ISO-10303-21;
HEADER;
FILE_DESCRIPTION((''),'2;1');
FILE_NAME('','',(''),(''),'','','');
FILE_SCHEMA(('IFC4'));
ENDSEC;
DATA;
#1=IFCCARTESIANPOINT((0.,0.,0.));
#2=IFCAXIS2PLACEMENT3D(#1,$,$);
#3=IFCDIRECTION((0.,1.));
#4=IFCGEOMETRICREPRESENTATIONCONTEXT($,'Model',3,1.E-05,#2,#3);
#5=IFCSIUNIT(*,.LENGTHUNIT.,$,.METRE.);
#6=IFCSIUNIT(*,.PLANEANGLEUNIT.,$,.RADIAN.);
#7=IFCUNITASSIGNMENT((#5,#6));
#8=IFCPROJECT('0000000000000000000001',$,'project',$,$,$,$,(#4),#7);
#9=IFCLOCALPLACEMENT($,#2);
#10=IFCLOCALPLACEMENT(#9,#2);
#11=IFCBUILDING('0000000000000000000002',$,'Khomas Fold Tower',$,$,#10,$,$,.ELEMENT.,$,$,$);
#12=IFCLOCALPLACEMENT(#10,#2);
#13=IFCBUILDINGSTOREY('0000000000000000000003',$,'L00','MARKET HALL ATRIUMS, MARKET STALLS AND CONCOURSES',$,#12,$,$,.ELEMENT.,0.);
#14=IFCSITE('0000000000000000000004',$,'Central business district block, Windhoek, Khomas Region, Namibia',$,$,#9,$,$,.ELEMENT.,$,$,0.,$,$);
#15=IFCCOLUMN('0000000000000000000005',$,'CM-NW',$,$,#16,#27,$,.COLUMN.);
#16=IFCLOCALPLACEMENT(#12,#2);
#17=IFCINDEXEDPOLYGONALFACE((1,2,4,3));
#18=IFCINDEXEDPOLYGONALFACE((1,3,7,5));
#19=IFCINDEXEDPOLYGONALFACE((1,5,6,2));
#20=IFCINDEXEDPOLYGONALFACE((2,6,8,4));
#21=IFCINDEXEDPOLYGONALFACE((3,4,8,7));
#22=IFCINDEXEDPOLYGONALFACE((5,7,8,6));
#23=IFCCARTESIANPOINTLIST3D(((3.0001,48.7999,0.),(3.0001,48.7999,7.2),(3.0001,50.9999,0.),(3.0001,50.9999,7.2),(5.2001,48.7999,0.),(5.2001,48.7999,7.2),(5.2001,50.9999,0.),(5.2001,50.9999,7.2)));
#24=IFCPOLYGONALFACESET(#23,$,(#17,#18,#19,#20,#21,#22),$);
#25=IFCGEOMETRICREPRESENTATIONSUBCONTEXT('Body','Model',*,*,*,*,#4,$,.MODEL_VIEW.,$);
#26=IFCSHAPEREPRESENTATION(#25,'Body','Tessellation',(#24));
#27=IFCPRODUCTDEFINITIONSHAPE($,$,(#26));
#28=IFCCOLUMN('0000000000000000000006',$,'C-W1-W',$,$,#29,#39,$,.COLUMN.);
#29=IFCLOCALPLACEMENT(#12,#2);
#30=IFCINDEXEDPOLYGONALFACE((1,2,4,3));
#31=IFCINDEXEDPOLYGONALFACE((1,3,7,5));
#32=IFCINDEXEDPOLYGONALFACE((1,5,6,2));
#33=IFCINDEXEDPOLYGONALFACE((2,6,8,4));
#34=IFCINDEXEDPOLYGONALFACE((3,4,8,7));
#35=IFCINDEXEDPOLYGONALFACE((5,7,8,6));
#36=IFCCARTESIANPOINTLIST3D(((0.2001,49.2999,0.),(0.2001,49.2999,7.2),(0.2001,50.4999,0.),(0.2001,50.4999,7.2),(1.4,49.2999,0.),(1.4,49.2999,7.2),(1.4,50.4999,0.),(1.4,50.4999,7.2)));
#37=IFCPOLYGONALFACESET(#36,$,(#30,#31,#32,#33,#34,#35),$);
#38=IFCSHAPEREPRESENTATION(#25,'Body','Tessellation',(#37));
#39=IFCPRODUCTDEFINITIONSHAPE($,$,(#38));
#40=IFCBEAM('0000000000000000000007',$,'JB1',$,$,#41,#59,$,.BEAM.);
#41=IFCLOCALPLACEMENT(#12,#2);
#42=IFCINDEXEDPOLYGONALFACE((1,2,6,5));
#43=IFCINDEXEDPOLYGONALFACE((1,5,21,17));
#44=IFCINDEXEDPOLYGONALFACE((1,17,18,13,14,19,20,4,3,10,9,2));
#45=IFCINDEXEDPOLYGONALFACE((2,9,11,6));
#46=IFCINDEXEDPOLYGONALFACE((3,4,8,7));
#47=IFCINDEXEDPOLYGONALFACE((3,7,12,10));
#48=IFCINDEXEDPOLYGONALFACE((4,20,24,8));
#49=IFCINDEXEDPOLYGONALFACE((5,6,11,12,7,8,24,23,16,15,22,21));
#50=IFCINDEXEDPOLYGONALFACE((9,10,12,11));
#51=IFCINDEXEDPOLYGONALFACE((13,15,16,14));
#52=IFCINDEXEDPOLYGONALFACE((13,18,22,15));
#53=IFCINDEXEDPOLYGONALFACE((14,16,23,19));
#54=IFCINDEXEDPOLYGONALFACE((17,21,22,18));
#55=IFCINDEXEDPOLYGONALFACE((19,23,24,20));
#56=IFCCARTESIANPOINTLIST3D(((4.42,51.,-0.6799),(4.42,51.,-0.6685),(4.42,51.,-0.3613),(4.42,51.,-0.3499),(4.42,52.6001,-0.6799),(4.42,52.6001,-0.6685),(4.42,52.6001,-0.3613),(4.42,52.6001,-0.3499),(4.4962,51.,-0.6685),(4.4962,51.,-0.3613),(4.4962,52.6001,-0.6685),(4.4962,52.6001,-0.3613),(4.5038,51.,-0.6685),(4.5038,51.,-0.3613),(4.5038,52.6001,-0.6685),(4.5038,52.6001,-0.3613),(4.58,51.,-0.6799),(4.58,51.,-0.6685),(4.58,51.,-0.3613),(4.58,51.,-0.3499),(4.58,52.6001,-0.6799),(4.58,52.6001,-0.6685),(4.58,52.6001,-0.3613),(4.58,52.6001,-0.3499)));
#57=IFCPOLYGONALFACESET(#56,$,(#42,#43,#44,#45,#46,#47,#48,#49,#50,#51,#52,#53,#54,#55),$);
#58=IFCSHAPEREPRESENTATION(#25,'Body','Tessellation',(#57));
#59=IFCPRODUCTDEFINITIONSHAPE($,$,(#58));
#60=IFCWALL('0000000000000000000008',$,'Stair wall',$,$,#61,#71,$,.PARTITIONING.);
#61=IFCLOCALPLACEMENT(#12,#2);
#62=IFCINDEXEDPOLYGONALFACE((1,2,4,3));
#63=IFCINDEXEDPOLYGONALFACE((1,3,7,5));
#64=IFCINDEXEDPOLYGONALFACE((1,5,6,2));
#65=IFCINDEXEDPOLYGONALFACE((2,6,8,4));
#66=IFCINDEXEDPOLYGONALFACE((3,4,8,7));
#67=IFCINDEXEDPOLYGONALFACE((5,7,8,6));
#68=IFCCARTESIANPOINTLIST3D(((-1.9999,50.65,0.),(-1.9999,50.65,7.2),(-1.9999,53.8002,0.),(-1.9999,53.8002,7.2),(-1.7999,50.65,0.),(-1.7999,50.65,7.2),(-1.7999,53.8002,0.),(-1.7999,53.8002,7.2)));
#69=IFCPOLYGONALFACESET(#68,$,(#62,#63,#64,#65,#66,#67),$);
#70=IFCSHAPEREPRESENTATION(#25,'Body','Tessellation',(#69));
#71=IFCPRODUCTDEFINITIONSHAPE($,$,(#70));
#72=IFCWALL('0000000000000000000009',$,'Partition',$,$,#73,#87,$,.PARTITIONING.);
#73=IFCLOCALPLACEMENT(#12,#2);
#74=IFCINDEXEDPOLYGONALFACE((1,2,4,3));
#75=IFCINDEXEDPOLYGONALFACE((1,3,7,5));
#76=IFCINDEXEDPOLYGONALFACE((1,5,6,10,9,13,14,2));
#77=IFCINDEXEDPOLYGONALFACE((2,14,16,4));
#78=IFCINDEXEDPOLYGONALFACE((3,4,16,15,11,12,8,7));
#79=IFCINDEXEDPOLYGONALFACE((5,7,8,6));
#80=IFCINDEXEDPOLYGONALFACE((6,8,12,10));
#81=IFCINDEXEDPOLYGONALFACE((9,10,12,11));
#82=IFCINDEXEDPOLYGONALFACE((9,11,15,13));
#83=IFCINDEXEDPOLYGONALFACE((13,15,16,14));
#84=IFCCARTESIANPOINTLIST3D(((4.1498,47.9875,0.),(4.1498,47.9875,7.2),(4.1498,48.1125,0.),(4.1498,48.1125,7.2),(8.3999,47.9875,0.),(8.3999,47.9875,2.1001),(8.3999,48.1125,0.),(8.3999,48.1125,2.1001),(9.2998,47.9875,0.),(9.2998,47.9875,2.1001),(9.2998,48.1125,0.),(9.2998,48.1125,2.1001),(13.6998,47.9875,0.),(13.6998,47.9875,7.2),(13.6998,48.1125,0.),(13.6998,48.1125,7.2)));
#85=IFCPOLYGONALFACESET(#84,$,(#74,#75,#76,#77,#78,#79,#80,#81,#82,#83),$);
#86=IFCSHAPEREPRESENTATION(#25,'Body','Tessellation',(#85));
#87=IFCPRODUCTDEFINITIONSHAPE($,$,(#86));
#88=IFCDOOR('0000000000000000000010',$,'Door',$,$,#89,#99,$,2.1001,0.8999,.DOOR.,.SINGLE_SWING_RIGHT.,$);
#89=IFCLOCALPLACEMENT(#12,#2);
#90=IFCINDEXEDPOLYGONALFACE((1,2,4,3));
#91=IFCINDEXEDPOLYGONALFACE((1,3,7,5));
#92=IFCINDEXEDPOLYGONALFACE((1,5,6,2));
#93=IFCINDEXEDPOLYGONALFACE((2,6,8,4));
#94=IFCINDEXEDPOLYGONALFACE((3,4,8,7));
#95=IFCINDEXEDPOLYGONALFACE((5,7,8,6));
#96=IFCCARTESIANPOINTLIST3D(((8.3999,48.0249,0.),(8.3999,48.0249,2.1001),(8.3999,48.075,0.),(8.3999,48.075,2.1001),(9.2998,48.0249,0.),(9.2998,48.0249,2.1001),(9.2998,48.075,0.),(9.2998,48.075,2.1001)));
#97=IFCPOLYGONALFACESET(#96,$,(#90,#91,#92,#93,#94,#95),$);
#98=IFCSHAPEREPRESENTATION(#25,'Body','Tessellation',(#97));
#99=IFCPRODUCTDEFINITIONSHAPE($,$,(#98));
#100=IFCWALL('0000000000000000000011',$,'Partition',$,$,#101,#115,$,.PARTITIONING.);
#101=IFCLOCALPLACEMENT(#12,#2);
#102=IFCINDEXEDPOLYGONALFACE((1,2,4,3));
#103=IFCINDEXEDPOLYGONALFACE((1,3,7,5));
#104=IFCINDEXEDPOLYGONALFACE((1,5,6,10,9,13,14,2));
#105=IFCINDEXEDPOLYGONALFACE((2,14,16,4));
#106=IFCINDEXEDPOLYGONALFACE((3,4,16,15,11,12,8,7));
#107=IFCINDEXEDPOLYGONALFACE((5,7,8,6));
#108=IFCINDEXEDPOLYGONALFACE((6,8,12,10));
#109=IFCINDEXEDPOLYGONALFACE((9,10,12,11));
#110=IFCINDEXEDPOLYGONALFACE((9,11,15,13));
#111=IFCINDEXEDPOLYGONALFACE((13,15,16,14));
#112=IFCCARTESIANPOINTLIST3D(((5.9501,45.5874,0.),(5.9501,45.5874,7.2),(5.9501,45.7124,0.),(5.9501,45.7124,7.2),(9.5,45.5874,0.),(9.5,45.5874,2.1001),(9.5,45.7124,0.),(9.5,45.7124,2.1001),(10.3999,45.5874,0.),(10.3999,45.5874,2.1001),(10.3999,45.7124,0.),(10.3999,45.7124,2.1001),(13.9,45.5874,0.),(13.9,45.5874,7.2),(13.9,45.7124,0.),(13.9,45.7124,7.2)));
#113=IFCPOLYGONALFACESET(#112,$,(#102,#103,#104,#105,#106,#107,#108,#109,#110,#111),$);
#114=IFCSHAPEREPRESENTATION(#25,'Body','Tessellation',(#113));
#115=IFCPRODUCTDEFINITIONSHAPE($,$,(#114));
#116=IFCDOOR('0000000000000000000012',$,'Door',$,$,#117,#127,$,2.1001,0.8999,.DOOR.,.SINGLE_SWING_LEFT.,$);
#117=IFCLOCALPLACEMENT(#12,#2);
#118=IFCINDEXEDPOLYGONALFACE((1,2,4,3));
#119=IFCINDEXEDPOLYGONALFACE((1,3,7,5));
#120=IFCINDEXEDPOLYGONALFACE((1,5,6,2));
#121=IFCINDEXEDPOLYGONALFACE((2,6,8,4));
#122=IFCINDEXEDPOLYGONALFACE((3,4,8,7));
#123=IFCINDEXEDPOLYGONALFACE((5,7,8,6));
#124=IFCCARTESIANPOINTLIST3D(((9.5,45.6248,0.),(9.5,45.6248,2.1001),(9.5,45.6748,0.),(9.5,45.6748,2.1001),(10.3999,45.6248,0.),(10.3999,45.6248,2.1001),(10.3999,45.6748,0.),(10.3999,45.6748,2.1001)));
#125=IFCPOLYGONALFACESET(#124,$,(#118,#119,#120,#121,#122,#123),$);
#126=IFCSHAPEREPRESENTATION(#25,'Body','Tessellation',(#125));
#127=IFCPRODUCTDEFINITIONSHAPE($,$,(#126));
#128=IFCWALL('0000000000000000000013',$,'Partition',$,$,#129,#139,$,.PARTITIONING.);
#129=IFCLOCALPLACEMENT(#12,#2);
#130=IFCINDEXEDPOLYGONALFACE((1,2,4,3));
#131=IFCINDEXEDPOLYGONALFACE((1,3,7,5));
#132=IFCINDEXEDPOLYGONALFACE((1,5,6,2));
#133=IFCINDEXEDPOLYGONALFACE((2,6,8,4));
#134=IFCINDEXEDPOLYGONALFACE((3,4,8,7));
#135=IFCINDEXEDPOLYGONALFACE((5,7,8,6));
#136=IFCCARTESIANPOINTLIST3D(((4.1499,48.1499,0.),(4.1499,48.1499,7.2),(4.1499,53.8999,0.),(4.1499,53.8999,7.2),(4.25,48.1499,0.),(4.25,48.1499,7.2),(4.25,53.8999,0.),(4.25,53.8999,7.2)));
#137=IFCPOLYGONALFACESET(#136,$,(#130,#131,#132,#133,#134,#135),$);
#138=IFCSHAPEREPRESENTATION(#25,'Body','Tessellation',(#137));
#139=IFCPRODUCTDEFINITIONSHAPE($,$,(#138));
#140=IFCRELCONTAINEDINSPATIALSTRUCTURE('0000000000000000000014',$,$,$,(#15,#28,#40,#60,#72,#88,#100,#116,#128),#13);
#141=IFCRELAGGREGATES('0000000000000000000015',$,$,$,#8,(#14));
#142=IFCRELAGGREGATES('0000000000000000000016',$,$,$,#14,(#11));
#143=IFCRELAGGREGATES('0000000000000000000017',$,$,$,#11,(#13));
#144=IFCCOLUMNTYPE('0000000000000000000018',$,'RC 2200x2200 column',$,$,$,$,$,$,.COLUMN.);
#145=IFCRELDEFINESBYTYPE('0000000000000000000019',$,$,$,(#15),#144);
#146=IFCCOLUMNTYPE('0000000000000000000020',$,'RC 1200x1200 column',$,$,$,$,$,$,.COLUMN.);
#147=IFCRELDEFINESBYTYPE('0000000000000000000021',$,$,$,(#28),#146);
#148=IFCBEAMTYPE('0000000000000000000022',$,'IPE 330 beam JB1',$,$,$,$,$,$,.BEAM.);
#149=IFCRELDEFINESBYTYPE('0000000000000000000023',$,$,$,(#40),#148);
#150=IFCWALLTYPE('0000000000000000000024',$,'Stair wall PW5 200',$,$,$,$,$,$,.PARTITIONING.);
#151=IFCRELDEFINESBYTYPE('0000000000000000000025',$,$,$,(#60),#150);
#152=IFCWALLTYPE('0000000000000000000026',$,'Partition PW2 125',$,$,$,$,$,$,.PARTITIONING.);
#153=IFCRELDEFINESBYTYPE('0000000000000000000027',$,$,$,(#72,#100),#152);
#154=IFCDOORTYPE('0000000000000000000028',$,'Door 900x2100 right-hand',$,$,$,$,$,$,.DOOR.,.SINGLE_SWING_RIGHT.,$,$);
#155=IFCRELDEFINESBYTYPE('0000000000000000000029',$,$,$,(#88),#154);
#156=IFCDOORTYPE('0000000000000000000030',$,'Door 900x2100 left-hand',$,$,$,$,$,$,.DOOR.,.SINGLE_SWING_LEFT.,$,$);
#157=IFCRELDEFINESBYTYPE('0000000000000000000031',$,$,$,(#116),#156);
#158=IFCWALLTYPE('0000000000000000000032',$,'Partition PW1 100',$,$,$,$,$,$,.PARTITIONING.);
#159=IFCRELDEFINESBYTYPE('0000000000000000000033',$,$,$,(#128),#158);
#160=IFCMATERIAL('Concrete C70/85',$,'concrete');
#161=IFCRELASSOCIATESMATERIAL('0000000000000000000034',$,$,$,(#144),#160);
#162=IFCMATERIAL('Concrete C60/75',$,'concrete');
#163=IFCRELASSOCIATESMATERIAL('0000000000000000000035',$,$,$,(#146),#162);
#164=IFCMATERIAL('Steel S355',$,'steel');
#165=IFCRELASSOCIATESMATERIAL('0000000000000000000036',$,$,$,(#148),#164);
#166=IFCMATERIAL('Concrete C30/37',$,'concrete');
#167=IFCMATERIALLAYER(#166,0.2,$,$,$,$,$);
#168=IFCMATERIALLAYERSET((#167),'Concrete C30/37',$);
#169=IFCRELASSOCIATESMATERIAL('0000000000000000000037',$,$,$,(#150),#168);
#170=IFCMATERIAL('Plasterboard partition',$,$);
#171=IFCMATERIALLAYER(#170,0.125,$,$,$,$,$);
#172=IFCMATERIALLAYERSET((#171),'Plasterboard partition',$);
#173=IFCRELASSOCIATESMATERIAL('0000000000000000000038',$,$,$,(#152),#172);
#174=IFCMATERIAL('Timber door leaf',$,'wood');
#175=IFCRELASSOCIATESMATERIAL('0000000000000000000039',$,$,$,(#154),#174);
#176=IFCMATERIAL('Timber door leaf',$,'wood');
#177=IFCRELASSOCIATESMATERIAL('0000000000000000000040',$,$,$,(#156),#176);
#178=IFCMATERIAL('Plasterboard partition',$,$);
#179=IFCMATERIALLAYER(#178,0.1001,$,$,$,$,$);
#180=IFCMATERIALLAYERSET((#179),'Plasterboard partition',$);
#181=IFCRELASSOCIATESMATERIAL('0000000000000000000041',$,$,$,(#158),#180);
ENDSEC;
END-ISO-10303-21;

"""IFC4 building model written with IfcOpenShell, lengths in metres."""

from ifc_helpers import new_model, si_unit, direction, frame, frame_2d, origin, origin_2d, place, context, subcontext, project, spatial, rectangle, i_section, extrude, source, transform, mapped, material, layer, layer_set, material_profile, profile_set, type_object, element, fill, save


model = new_model("IFC4")

# Units and contexts
model_context = context("Model", 3, precision=1e-05, world=origin(), true_north=direction((0.0, 1.0)))
body_context = subcontext(model_context, "Body", "Model", "MODEL_VIEW")
ifc_project = project(units=[si_unit("LENGTHUNIT", "METRE"), si_unit("PLANEANGLEUNIT", "RADIAN")], contexts=[model_context])

# Site, building, storey
site_placement = place(None, origin())
site = spatial("IfcSite", under=ifc_project, at=site_placement, Name="Central business district block, Windhoek, Khomas Region, Namibia", CompositionType="ELEMENT", RefElevation=0.0)
building_placement = place(site_placement, origin())
building = spatial("IfcBuilding", under=site, at=building_placement, Name="Khomas Fold Tower", CompositionType="ELEMENT")
storey_placement = place(building_placement, origin())
storey = spatial("IfcBuildingStorey", under=building, at=storey_placement, Name="L00", Description="MARKET HALL ATRIUMS, MARKET STALLS AND CONCOURSES", CompositionType="ELEMENT", Elevation=0.0)

# Columns
ifc_material_1 = material(Name="Concrete C70/85", Category="concrete")
ifc_material_profile_1 = material_profile(ifc_material_1, rectangle(XDim=2.2, YDim=2.2, at=origin_2d()), Name="RC 2200x2200")
ifc_profile_set_1 = profile_set([ifc_material_profile_1], Name="Concrete C70/85")
column_type_1 = type_object("IfcColumnType", Name="RC 2200x2200 column", PredefinedType="COLUMN", material=ifc_profile_set_1)
shared_shape_1 = source(origin(), body_context, "Body", "SweptSolid", [
    extrude(rectangle(XDim=2.2, YDim=2.2, at=origin_2d()), origin(), (0.0, 0.0, 1.0), 7.2),
])
column_1_placement = place(storey_placement, frame((4.1001, 49.8999, 0.0), z_axis=(0.0, 0.0, 1.0), x_axis=(1.0, 0.0, 0.0)))
element("IfcColumn", 1, at=column_1_placement, inside=storey, type_object=column_type_1, Name="CM-NW", PredefinedType="COLUMN", context=body_context, shape_type="MappedRepresentation", body=[
    mapped(shared_shape_1, transform((0.0, 0.0, 0.0))),
])
ifc_material_2 = material(Name="Concrete C60/75", Category="concrete")
ifc_material_profile_2 = material_profile(ifc_material_2, rectangle(XDim=1.2, YDim=1.2, at=origin_2d()), Name="RC 1200x1200")
ifc_profile_set_2 = profile_set([ifc_material_profile_2], Name="Concrete C60/75")
column_type_2 = type_object("IfcColumnType", Name="RC 1200x1200 column", PredefinedType="COLUMN", material=ifc_profile_set_2)
shared_shape_2 = source(origin(), body_context, "Body", "SweptSolid", [
    extrude(rectangle(XDim=1.2, YDim=1.2, at=origin_2d()), origin(), (0.0, 0.0, 1.0), 7.2),
])
column_2_placement = place(storey_placement, frame((0.8, 49.8999, 0.0), z_axis=(0.0, 0.0, 1.0), x_axis=(1.0, 0.0, 0.0)))
element("IfcColumn", 2, at=column_2_placement, inside=storey, type_object=column_type_2, Name="C-W1-W", PredefinedType="COLUMN", context=body_context, shape_type="MappedRepresentation", body=[
    mapped(shared_shape_2, transform((0.0, 0.0, 0.0))),
])

# Beam
ifc_material_3 = material(Name="Steel S355", Category="steel")
ifc_material_profile_3 = material_profile(ifc_material_3, i_section(OverallWidth=0.1599, OverallDepth=0.3301, WebThickness=0.0076, FlangeThickness=0.0115, at=origin_2d()), Name="IPE 330")
ifc_profile_set_3 = profile_set([ifc_material_profile_3], Name="Steel S355")
beam_type = type_object("IfcBeamType", Name="IPE 330 beam JB1", PredefinedType="BEAM", material=ifc_profile_set_3)
shared_shape_3 = source(origin(), body_context, "Body", "SweptSolid", [
    extrude(i_section(OverallWidth=0.1599, OverallDepth=0.3301, WebThickness=0.0076, FlangeThickness=0.0115, at=origin_2d()), origin(), (0.0, 0.0, 1.0), 1.6001),
])
beam_placement = place(storey_placement, frame((4.5, 51.0, -0.5149), z_axis=(0.0, 1.0, 0.0), x_axis=(-1.0, 0.0, 0.0)))
element("IfcBeam", 3, at=beam_placement, inside=storey, type_object=beam_type, Name="JB1", PredefinedType="BEAM", context=body_context, shape_type="MappedRepresentation", body=[
    mapped(shared_shape_3, transform((0.0, 0.0, 0.0))),
])

# Wall
ifc_material_4 = material(Name="Concrete C30/37", Category="concrete")
ifc_layer_1 = layer(ifc_material_4, 0.2)
ifc_layer_set_1 = layer_set([ifc_layer_1], Name="Concrete C30/37")
wall_type_1 = type_object("IfcWallType", Name="Stair wall PW5 200", PredefinedType="PARTITIONING", material=ifc_layer_set_1)
shared_shape_4 = source(origin(), body_context, "Body", "SweptSolid", [
    extrude(rectangle(XDim=3.1501, YDim=0.2, at=frame_2d((1.5752, 0.0))), origin(), (0.0, 0.0, 1.0), 7.2),
])
wall_1_placement = place(storey_placement, frame((-1.8999, 50.6499, 0.0), z_axis=(0.0, 0.0, 1.0), x_axis=(0.0, 1.0, 0.0)))
element("IfcWall", 4, at=wall_1_placement, inside=storey, type_object=wall_type_1, Name="Stair wall", PredefinedType="PARTITIONING", context=body_context, shape_type="MappedRepresentation", body=[
    mapped(shared_shape_4, transform((0.0, 0.0, 0.0))),
])

# Walls, openings, doors
ifc_material_5 = material(Name="Plasterboard partition")
ifc_layer_2 = layer(ifc_material_5, 0.125)
ifc_layer_set_2 = layer_set([ifc_layer_2], Name="Plasterboard partition")
wall_type_2 = type_object("IfcWallType", Name="Partition PW2 125", PredefinedType="PARTITIONING", material=ifc_layer_set_2)
shared_shape_5 = source(origin(), body_context, "Body", "SweptSolid", [
    extrude(rectangle(XDim=9.55, YDim=0.125, at=frame_2d((4.7749, 0.0))), origin(), (0.0, 0.0, 1.0), 7.2),
])
wall_2_placement = place(storey_placement, frame((4.1499, 48.05, 0.0), z_axis=(0.0, 0.0, 1.0), x_axis=(1.0, 0.0, 0.0)))
wall_2 = element("IfcWall", 5, at=wall_2_placement, inside=storey, type_object=wall_type_2, Name="Partition", PredefinedType="PARTITIONING", context=body_context, shape_type="MappedRepresentation", body=[
    mapped(shared_shape_5, transform((0.0, 0.0, 0.0))),
])
shared_shape_6 = source(origin(), body_context, "Body", "SweptSolid", [
    extrude(rectangle(XDim=0.8999, YDim=2.1001, at=frame_2d((0.45, 1.05))), frame((0.0, 0.0725, 0.0), z_axis=(0.0, -1.0, 0.0), x_axis=(1.0, 0.0, 0.0)), (0.0, 0.0, 1.0), 0.145),
])
opening_1_placement = place(wall_2_placement, frame((4.25, 0.0, 0.0)))
opening_1 = element("IfcOpeningElement", 6, at=opening_1_placement, cuts=wall_2, PredefinedType="OPENING", context=body_context, shape_type="MappedRepresentation", body=[
    mapped(shared_shape_6, transform((0.0, 0.0, 0.0))),
])
ifc_material_6 = material(Name="Timber door leaf", Category="wood")
door_type_1 = type_object("IfcDoorType", Name="Door 900x2100 right-hand", OperationType="SINGLE_SWING_RIGHT", PredefinedType="DOOR", material=ifc_material_6)
shared_shape_7 = source(origin(), body_context, "Body", "SweptSolid", [
    extrude(rectangle(XDim=0.8999, YDim=2.1001, at=frame_2d((0.45, 1.05))), frame((0.0, 0.0249, 0.0), z_axis=(0.0, -1.0, 0.0), x_axis=(1.0, 0.0, 0.0)), (0.0, 0.0, 1.0), 0.05),
])
door_1_placement = place(opening_1_placement, origin())
door_1 = element("IfcDoor", 7, at=door_1_placement, inside=storey, type_object=door_type_1, Name="Door", OperationType="SINGLE_SWING_RIGHT", OverallHeight=2.1001, OverallWidth=0.8999, PredefinedType="DOOR", context=body_context, shape_type="MappedRepresentation", body=[
    mapped(shared_shape_7, transform((0.0, 0.0, 0.0))),
])
fill(opening_1, door_1)
shared_shape_8 = source(origin(), body_context, "Body", "SweptSolid", [
    extrude(rectangle(XDim=7.95, YDim=0.125, at=frame_2d((3.9751, 0.0))), origin(), (0.0, 0.0, 1.0), 7.2),
])
wall_3_placement = place(storey_placement, frame((5.95, 45.6499, 0.0), z_axis=(0.0, 0.0, 1.0), x_axis=(1.0, 0.0, 0.0)))
wall_3 = element("IfcWall", 8, at=wall_3_placement, inside=storey, type_object=wall_type_2, Name="Partition", PredefinedType="PARTITIONING", context=body_context, shape_type="MappedRepresentation", body=[
    mapped(shared_shape_8, transform((0.0, 0.0, 0.0))),
])
opening_2_placement = place(wall_3_placement, frame((3.55, 0.0, 0.0)))
opening_2 = element("IfcOpeningElement", 9, at=opening_2_placement, cuts=wall_3, PredefinedType="OPENING", context=body_context, shape_type="MappedRepresentation", body=[
    mapped(shared_shape_6, transform((0.0, 0.0, 0.0))),
])
ifc_material_7 = material(Name="Timber door leaf", Category="wood")
door_type_2 = type_object("IfcDoorType", Name="Door 900x2100 left-hand", OperationType="SINGLE_SWING_LEFT", PredefinedType="DOOR", material=ifc_material_7)
door_2_placement = place(opening_2_placement, origin())
door_2 = element("IfcDoor", 10, at=door_2_placement, inside=storey, type_object=door_type_2, Name="Door", OperationType="SINGLE_SWING_LEFT", OverallHeight=2.1001, OverallWidth=0.8999, PredefinedType="DOOR", context=body_context, shape_type="MappedRepresentation", body=[
    mapped(shared_shape_7, transform((0.0, 0.0, 0.0))),
])
fill(opening_2, door_2)

# Wall
ifc_material_8 = material(Name="Plasterboard partition")
ifc_layer_3 = layer(ifc_material_8, 0.1001)
ifc_layer_set_3 = layer_set([ifc_layer_3], Name="Plasterboard partition")
wall_type_3 = type_object("IfcWallType", Name="Partition PW1 100", PredefinedType="PARTITIONING", material=ifc_layer_set_3)
shared_shape_9 = source(origin(), body_context, "Body", "SweptSolid", [
    extrude(rectangle(XDim=5.75, YDim=0.1001, at=frame_2d((2.875, 0.0))), origin(), (0.0, 0.0, 1.0), 7.2),
])
wall_4_placement = place(storey_placement, frame((4.2, 48.1499, 0.0), z_axis=(0.0, 0.0, 1.0), x_axis=(0.0, 1.0, 0.0)))
element("IfcWall", 11, at=wall_4_placement, inside=storey, type_object=wall_type_3, Name="Partition", PredefinedType="PARTITIONING", context=body_context, shape_type="MappedRepresentation", body=[
    mapped(shared_shape_9, transform((0.0, 0.0, 0.0))),
])

save(model, "model.ifc")
